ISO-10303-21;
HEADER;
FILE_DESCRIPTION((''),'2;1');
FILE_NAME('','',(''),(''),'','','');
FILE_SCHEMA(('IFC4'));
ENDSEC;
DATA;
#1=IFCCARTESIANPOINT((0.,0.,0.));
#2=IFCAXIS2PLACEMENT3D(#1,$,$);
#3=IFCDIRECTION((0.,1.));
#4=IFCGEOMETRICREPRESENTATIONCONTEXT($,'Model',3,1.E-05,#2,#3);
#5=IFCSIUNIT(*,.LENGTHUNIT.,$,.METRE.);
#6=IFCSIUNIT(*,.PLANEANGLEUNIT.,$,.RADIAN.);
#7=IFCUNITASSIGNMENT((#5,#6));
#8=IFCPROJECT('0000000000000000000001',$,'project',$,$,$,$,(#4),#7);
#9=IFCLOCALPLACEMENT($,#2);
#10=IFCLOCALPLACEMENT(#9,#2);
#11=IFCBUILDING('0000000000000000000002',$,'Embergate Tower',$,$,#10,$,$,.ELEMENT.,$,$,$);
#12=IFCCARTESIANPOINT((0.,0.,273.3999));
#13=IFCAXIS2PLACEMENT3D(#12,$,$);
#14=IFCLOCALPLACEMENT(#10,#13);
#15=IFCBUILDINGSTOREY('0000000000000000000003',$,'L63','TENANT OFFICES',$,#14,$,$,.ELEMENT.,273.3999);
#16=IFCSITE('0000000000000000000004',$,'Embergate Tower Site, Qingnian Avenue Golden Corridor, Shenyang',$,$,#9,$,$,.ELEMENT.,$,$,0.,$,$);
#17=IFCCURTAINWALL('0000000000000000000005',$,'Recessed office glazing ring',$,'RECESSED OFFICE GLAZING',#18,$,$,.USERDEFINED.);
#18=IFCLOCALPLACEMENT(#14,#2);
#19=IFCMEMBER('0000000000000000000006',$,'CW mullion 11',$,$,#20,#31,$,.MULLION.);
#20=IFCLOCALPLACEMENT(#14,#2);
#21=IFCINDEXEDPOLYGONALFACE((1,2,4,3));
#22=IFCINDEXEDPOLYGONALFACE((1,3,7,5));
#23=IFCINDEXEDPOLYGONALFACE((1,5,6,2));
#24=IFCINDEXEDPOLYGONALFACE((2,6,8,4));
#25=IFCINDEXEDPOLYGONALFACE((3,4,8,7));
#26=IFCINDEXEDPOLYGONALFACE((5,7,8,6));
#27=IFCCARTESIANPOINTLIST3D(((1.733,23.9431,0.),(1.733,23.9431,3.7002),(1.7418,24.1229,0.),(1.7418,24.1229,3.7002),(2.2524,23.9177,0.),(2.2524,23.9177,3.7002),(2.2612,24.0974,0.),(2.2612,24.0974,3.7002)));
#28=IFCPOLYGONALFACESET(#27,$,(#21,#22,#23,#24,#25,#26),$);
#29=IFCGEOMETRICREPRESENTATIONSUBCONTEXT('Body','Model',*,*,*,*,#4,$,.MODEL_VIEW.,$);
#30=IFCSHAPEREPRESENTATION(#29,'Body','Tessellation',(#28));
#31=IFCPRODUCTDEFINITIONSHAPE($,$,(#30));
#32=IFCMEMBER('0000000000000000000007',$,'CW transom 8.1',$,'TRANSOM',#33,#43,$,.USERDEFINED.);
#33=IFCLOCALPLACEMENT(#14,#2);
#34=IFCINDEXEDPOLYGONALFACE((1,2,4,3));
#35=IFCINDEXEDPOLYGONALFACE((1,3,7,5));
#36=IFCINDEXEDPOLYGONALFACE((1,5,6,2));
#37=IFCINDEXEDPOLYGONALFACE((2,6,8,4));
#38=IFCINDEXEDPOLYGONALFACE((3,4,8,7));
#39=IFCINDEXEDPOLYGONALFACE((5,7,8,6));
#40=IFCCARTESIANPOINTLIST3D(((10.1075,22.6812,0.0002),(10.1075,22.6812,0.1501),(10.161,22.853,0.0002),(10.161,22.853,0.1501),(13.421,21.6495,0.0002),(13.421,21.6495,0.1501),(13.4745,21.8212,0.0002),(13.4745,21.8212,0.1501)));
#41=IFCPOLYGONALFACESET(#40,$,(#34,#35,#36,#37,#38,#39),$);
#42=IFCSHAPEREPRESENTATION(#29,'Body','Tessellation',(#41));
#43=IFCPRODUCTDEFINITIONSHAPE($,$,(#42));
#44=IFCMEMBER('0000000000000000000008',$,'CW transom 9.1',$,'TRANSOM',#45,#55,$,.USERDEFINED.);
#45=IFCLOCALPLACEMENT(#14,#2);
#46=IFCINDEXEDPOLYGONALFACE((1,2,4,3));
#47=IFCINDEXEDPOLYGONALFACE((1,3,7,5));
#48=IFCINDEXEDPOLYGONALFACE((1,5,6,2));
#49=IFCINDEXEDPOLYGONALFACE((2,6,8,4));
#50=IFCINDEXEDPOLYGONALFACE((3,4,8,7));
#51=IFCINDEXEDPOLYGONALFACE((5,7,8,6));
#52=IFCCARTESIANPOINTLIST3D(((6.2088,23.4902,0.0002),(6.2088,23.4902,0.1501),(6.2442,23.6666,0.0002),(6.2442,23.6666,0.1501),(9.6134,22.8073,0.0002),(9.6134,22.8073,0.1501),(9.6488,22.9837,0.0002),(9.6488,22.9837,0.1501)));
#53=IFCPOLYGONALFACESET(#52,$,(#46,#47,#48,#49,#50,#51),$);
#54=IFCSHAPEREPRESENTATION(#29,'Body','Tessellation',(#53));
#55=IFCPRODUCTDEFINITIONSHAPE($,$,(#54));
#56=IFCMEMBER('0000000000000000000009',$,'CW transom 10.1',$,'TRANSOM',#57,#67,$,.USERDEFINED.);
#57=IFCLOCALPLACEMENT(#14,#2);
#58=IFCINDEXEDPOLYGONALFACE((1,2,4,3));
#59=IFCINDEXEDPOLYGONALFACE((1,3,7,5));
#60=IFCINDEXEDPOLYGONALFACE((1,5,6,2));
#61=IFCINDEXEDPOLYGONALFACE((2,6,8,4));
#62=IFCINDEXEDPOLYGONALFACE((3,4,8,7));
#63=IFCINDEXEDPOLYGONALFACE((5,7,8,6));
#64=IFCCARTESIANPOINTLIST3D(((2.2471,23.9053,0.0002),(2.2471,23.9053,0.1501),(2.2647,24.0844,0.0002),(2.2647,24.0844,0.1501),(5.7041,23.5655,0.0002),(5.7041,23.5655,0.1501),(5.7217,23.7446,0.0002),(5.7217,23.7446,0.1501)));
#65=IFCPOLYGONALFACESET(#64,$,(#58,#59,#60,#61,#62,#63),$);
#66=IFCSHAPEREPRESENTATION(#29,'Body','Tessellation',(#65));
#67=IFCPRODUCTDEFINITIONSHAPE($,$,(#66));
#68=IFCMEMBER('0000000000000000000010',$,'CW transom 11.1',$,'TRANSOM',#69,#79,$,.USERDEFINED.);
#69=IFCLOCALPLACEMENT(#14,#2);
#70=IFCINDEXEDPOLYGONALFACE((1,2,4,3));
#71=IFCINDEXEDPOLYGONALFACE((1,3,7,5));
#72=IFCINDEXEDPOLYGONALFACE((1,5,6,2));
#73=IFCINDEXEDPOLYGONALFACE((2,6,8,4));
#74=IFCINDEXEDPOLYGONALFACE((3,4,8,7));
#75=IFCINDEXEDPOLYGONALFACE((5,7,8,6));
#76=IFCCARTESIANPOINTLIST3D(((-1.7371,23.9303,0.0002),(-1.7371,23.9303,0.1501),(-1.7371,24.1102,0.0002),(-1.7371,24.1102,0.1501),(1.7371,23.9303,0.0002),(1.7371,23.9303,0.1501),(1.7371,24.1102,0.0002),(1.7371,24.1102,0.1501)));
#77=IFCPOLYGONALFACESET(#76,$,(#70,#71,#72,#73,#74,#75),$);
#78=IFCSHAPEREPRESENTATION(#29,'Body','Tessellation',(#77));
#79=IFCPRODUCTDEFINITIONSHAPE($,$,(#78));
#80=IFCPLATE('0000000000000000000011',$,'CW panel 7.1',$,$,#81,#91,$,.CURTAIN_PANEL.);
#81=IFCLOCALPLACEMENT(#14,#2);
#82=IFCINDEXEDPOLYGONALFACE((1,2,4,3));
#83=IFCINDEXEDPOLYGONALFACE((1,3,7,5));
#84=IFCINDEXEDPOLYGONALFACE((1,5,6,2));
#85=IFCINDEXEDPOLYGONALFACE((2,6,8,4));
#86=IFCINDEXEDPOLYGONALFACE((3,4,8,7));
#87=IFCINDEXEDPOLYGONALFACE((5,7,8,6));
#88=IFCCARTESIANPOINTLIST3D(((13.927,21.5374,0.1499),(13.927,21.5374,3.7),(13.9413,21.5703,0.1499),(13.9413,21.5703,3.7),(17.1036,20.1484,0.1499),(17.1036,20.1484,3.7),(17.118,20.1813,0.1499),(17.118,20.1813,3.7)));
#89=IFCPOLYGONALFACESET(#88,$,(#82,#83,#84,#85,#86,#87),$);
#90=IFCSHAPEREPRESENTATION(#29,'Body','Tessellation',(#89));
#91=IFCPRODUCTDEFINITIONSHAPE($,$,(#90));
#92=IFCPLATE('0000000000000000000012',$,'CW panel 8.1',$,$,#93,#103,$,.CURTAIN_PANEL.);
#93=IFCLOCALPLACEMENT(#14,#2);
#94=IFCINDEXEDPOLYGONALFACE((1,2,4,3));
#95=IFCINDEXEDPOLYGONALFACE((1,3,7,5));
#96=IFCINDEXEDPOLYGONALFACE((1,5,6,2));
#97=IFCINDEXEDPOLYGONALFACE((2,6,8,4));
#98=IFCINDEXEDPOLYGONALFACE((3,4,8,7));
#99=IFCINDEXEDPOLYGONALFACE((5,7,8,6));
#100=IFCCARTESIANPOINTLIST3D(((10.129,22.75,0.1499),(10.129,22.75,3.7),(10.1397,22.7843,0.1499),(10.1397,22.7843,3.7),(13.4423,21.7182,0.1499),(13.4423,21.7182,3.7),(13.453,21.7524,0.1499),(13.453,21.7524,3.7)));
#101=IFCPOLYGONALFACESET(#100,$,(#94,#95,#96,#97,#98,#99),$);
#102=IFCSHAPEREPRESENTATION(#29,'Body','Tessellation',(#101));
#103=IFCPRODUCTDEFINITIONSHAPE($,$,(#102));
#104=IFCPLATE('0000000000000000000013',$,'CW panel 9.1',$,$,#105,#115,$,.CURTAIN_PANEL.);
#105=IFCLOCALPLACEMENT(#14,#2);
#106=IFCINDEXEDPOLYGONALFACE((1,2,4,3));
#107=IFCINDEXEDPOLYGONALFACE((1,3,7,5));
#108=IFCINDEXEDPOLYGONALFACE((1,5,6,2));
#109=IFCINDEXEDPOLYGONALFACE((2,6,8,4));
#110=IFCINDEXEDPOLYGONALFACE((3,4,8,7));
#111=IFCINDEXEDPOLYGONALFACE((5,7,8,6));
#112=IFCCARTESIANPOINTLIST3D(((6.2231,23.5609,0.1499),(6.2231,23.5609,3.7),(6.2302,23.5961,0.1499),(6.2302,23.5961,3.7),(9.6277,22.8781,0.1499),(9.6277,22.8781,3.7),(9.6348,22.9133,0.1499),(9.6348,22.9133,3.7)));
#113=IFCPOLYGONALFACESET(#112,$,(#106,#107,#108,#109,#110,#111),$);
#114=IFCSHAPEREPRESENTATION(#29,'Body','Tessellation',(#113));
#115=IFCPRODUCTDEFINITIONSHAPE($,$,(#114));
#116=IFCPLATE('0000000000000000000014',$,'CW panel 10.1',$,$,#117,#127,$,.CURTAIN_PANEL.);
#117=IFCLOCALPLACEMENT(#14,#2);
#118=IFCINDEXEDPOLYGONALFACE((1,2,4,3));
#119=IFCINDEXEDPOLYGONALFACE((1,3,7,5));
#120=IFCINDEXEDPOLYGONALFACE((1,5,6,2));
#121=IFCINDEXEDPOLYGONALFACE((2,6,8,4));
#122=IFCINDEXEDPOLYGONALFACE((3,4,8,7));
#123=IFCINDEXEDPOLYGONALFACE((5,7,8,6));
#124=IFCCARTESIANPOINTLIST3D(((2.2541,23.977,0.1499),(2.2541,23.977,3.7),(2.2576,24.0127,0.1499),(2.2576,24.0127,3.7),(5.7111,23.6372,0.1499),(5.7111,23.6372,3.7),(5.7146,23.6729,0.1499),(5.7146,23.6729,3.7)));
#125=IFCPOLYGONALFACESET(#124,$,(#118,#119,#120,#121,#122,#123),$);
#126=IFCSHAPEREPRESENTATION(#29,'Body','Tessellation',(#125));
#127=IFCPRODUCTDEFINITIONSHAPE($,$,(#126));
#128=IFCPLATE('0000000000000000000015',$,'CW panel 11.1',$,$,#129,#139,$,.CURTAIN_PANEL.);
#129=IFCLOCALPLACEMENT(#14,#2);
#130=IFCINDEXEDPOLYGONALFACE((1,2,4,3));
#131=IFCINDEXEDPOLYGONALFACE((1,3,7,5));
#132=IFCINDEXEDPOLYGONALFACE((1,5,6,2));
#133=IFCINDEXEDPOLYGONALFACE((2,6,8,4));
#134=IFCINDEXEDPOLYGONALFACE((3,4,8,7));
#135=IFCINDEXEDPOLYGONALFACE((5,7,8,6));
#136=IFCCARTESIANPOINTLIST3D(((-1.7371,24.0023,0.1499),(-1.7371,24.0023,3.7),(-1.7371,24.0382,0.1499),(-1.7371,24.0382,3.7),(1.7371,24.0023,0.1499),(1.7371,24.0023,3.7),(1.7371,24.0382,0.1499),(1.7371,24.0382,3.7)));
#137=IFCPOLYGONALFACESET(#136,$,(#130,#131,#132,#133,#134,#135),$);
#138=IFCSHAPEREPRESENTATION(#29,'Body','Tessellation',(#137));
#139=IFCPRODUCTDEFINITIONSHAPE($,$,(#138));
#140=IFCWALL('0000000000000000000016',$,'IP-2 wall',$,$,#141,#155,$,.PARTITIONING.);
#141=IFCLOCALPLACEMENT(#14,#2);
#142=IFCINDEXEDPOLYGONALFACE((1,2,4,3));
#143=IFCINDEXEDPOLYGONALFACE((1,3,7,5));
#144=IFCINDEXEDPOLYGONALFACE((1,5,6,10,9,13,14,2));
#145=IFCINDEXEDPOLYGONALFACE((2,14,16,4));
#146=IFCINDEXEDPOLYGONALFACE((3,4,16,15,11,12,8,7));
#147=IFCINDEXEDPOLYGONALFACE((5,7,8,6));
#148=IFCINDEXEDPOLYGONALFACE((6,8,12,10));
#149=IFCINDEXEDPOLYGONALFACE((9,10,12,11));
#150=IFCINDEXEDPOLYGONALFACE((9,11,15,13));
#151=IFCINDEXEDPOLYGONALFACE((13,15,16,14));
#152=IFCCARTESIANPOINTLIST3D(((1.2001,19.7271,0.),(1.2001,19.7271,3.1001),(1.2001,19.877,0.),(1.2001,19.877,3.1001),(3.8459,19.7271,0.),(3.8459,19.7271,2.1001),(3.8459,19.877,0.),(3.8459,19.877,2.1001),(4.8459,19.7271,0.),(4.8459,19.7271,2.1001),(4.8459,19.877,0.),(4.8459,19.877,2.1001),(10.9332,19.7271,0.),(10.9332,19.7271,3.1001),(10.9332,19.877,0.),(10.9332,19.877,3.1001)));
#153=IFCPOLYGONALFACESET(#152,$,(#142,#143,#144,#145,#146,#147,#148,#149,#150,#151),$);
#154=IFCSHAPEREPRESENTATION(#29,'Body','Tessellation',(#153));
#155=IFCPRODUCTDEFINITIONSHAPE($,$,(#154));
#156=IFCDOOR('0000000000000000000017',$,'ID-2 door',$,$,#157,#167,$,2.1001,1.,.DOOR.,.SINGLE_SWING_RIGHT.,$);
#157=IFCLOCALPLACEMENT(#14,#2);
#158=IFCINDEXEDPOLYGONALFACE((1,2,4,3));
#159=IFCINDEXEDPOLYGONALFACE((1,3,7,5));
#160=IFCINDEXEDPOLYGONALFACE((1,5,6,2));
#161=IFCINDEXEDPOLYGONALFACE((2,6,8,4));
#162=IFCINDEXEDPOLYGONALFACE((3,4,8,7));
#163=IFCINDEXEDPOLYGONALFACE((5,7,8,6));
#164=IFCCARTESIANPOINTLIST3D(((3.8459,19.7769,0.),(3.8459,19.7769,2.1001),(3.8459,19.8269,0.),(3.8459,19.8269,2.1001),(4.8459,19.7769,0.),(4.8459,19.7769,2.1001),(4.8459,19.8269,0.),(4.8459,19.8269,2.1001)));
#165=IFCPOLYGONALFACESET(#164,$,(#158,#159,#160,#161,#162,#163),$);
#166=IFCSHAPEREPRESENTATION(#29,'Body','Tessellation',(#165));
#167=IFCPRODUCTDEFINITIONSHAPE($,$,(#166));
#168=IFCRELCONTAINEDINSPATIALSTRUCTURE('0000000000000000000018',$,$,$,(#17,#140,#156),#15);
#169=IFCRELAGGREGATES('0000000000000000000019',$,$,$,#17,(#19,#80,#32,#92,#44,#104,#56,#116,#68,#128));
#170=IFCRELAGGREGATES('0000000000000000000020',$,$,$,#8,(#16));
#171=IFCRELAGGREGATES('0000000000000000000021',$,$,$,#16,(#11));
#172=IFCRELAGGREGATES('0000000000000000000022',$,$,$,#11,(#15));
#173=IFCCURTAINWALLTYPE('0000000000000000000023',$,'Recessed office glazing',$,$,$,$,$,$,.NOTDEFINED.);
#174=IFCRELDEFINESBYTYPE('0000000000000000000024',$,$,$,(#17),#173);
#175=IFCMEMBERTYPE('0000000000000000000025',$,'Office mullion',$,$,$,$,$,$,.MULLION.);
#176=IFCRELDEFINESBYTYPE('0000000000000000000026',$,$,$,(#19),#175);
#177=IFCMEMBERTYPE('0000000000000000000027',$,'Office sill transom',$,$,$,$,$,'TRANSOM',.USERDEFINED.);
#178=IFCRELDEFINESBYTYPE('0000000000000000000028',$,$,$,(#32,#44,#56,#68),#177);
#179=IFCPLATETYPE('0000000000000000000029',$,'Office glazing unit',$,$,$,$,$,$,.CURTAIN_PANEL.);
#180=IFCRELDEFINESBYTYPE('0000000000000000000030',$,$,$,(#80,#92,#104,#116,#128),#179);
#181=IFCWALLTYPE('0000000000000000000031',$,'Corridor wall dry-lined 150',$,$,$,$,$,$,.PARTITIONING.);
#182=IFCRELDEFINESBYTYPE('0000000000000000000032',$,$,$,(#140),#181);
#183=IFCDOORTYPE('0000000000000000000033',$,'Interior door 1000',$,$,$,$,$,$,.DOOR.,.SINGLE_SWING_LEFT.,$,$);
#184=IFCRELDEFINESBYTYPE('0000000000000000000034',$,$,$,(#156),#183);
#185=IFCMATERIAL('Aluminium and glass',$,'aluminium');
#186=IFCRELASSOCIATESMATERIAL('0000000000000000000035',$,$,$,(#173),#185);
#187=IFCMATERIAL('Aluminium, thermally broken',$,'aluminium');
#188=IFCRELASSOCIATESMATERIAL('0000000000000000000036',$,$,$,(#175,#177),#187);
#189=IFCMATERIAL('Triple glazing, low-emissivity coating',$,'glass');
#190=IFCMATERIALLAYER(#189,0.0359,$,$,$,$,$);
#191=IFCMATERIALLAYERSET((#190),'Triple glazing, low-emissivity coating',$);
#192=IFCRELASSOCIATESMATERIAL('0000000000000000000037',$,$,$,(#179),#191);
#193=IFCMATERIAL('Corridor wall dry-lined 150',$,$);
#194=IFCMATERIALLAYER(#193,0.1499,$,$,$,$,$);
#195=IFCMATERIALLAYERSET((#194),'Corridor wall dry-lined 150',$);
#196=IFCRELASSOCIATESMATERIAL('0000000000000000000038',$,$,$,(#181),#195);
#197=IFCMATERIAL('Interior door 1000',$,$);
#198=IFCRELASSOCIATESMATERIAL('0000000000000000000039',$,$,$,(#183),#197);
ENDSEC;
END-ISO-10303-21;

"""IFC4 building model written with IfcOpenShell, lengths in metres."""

from ifc_helpers import new_model, si_unit, direction, frame, frame_2d, origin, origin_2d, place, context, subcontext, project, spatial, rectangle, extrude, source, transform, mapped, material, layer, layer_set, material_profile, profile_set, type_object, element, fill, aggregate, save


model = new_model("IFC4")

# Units and contexts
model_context = context("Model", 3, precision=1e-05, world=origin(), true_north=direction((0.0, 1.0)))
body_context = subcontext(model_context, "Body", "Model", "MODEL_VIEW")
ifc_project = project(units=[si_unit("LENGTHUNIT", "METRE"), si_unit("PLANEANGLEUNIT", "RADIAN")], contexts=[model_context])

# Site, building, storey
site_placement = place(None, origin())
site = spatial("IfcSite", under=ifc_project, at=site_placement, Name="Embergate Tower Site, Qingnian Avenue Golden Corridor, Shenyang", CompositionType="ELEMENT", RefElevation=0.0)
building_placement = place(site_placement, origin())
building = spatial("IfcBuilding", under=site, at=building_placement, Name="Embergate Tower", CompositionType="ELEMENT")
storey_placement = place(building_placement, frame((0.0, 0.0, 273.3999)))
storey = spatial("IfcBuildingStorey", under=building, at=storey_placement, Name="L63", Description="TENANT OFFICES", CompositionType="ELEMENT", Elevation=273.3999)

# Curtain wall, members, plates
ifc_material_1 = material(Name="Aluminium and glass", Category="aluminium")
curtain_wall_type = type_object("IfcCurtainWallType", Name="Recessed office glazing", PredefinedType="NOTDEFINED", material=ifc_material_1)
curtain_wall_placement = place(storey_placement, origin())
curtain_wall = element("IfcCurtainWall", 1, at=curtain_wall_placement, inside=storey, type_object=curtain_wall_type, Name="Recessed office glazing ring", ObjectType="RECESSED OFFICE GLAZING", PredefinedType="USERDEFINED")
ifc_material_2 = material(Name="Aluminium, thermally broken", Category="aluminium")
ifc_material_profile_1 = material_profile(ifc_material_2, rectangle(XDim=0.1799, YDim=0.52, at=origin_2d()), Name="AL 520x180")
ifc_profile_set_1 = profile_set([ifc_material_profile_1], Name="Aluminium, thermally broken")
member_type_1 = type_object("IfcMemberType", Name="Office mullion", PredefinedType="MULLION", material=ifc_profile_set_1)
shared_shape_1 = source(origin(), body_context, "Body", "SweptSolid", [
    extrude(rectangle(XDim=0.1799, YDim=0.52, at=origin_2d()), origin(), (0.0, 0.0, 1.0), 3.7002),
])
member_1_placement = place(storey_placement, frame((1.9971, 24.0203, 0.0), z_axis=(0.0, 0.0, 1.0), x_axis=(-0.04897, -0.9988, 0.0)))
member_1 = element("IfcMember", 2, at=member_1_placement, type_object=member_type_1, Name="CW mullion 11", PredefinedType="MULLION", context=body_context, shape_type="MappedRepresentation", body=[
    mapped(shared_shape_1, transform((0.0, 0.0, 0.0))),
])
ifc_material_profile_2 = material_profile(ifc_material_2, rectangle(XDim=0.1799, YDim=0.1499, at=origin_2d()), Name="AL 150x180")
ifc_profile_set_2 = profile_set([ifc_material_profile_2], Name="Aluminium, thermally broken")
member_type_2 = type_object("IfcMemberType", Name="Office sill transom", ElementType="TRANSOM", PredefinedType="USERDEFINED", material=ifc_profile_set_2)
shared_shape_2 = source(origin(), body_context, "Body", "SweptSolid", [
    extrude(rectangle(XDim=0.1799, YDim=0.1499, at=origin_2d()), origin(), (0.0, 0.0, 1.0), 3.4705),
])
member_2_placement = place(storey_placement, frame((13.4478, 21.7354, 0.0752), z_axis=(-0.954785, 0.297297, 0.0), x_axis=(-0.297297, -0.954785, 0.0)))
member_2 = element("IfcMember", 3, at=member_2_placement, type_object=member_type_2, Name="CW transom 8.1", ObjectType="TRANSOM", PredefinedType="USERDEFINED", context=body_context, shape_type="MappedRepresentation", body=[
    mapped(shared_shape_2, transform((0.0, 0.0, 0.0))),
])
shared_shape_3 = source(origin(), body_context, "Body", "SweptSolid", [
    extrude(rectangle(XDim=0.1799, YDim=0.1499, at=origin_2d()), origin(), (0.0, 0.0, 1.0), 3.4724),
])
member_3_placement = place(storey_placement, frame((9.6311, 22.8955, 0.0752), z_axis=(-0.980472, 0.196657, 0.0), x_axis=(-0.196657, -0.980472, 0.0)))
member_3 = element("IfcMember", 4, at=member_3_placement, type_object=member_type_2, Name="CW transom 9.1", ObjectType="TRANSOM", PredefinedType="USERDEFINED", context=body_context, shape_type="MappedRepresentation", body=[
    mapped(shared_shape_3, transform((0.0, 0.0, 0.0))),
])
shared_shape_4 = source(origin(), body_context, "Body", "SweptSolid", [
    extrude(rectangle(XDim=0.1799, YDim=0.1499, at=origin_2d()), origin(), (0.0, 0.0, 1.0), 3.4736),
])
member_4_placement = place(storey_placement, frame((5.7129, 23.655, 0.0752), z_axis=(-0.995203, 0.097833, 0.0), x_axis=(-0.097833, -0.995203, 0.0)))
member_4 = element("IfcMember", 5, at=member_4_placement, type_object=member_type_2, Name="CW transom 10.1", ObjectType="TRANSOM", PredefinedType="USERDEFINED", context=body_context, shape_type="MappedRepresentation", body=[
    mapped(shared_shape_4, transform((0.0, 0.0, 0.0))),
])
shared_shape_5 = source(origin(), body_context, "Body", "SweptSolid", [
    extrude(rectangle(XDim=0.1799, YDim=0.1499, at=origin_2d()), origin(), (0.0, 0.0, 1.0), 3.4741),
])
member_5_placement = place(storey_placement, frame((1.7371, 24.0203, 0.0752), z_axis=(-1.0, 0.0, 0.0), x_axis=(0.0, -1.0, 0.0)))
member_5 = element("IfcMember", 6, at=member_5_placement, type_object=member_type_2, Name="CW transom 11.1", ObjectType="TRANSOM", PredefinedType="USERDEFINED", context=body_context, shape_type="MappedRepresentation", body=[
    mapped(shared_shape_5, transform((0.0, 0.0, 0.0))),
])
ifc_material_3 = material(Name="Triple glazing, low-emissivity coating", Category="glass")
ifc_layer_1 = layer(ifc_material_3, 0.0359)
ifc_layer_set_1 = layer_set([ifc_layer_1], Name="Triple glazing, low-emissivity coating")
plate_type = type_object("IfcPlateType", Name="Office glazing unit", PredefinedType="CURTAIN_PANEL", material=ifc_layer_set_1)
shared_shape_6 = source(origin(), body_context, "Body", "SweptSolid", [
    extrude(rectangle(XDim=3.467, YDim=0.0359, at=origin_2d()), origin(), (0.0, 0.0, 1.0), 3.55),
])
plate_1_placement = place(storey_placement, frame((15.5225, 20.8594, 0.1499), z_axis=(0.0, 0.0, 1.0), x_axis=(-0.916238, 0.400635, 0.0)))
plate_1 = element("IfcPlate", 7, at=plate_1_placement, type_object=plate_type, Name="CW panel 7.1", PredefinedType="CURTAIN_PANEL", context=body_context, shape_type="MappedRepresentation", body=[
    mapped(shared_shape_6, transform((0.0, 0.0, 0.0))),
])
shared_shape_7 = source(origin(), body_context, "Body", "SweptSolid", [
    extrude(rectangle(XDim=3.4702, YDim=0.0359, at=origin_2d()), origin(), (0.0, 0.0, 1.0), 3.55),
])
plate_2_placement = place(storey_placement, frame((11.791, 22.2512, 0.1499), z_axis=(0.0, 0.0, 1.0), x_axis=(-0.954773, 0.297337, 0.0)))
plate_2 = element("IfcPlate", 8, at=plate_2_placement, type_object=plate_type, Name="CW panel 8.1", PredefinedType="CURTAIN_PANEL", context=body_context, shape_type="MappedRepresentation", body=[
    mapped(shared_shape_7, transform((0.0, 0.0, 0.0))),
])
shared_shape_8 = source(origin(), body_context, "Body", "SweptSolid", [
    extrude(rectangle(XDim=3.4724, YDim=0.0359, at=origin_2d()), origin(), (0.0, 0.0, 1.0), 3.55),
])
plate_3_placement = place(storey_placement, frame((7.929, 23.2371, 0.1499), z_axis=(0.0, 0.0, 1.0), x_axis=(-0.980476, 0.196638, 0.0)))
plate_3 = element("IfcPlate", 9, at=plate_3_placement, type_object=plate_type, Name="CW panel 9.1", PredefinedType="CURTAIN_PANEL", context=body_context, shape_type="MappedRepresentation", body=[
    mapped(shared_shape_8, transform((0.0, 0.0, 0.0))),
])
shared_shape_9 = source(origin(), body_context, "Body", "SweptSolid", [
    extrude(rectangle(XDim=3.4736, YDim=0.0359, at=origin_2d()), origin(), (0.0, 0.0, 1.0), 3.55),
])
plate_4_placement = place(storey_placement, frame((3.9844, 23.825, 0.1499), z_axis=(0.0, 0.0, 1.0), x_axis=(-0.995203, 0.097828, 0.0)))
plate_4 = element("IfcPlate", 10, at=plate_4_placement, type_object=plate_type, Name="CW panel 10.1", PredefinedType="CURTAIN_PANEL", context=body_context, shape_type="MappedRepresentation", body=[
    mapped(shared_shape_9, transform((0.0, 0.0, 0.0))),
])
shared_shape_10 = source(origin(), body_context, "Body", "SweptSolid", [
    extrude(rectangle(XDim=3.4741, YDim=0.0359, at=origin_2d()), origin(), (0.0, 0.0, 1.0), 3.55),
])
plate_5_placement = place(storey_placement, frame((0.0, 24.0203, 0.1499), z_axis=(0.0, 0.0, 1.0), x_axis=(-1.0, 0.0, 0.0)))
plate_5 = element("IfcPlate", 11, at=plate_5_placement, type_object=plate_type, Name="CW panel 11.1", PredefinedType="CURTAIN_PANEL", context=body_context, shape_type="MappedRepresentation", body=[
    mapped(shared_shape_10, transform((0.0, 0.0, 0.0))),
])
aggregate(curtain_wall, [member_1, plate_1, member_2, plate_2, member_3, plate_3, member_4, plate_4, member_5, plate_5])

# Wall, opening, door
ifc_material_4 = material(Name="Corridor wall dry-lined 150")
ifc_layer_2 = layer(ifc_material_4, 0.1499)
ifc_layer_set_2 = layer_set([ifc_layer_2], Name="Corridor wall dry-lined 150")
wall_type_1 = type_object("IfcWallType", Name="Corridor wall dry-lined 150", PredefinedType="PARTITIONING", material=ifc_layer_set_2)
shared_shape_11 = source(origin(), body_context, "Body", "SweptSolid", [
    extrude(rectangle(XDim=9.7332, YDim=0.1499, at=frame_2d((4.8667, 0.0))), origin(), (0.0, 0.0, 1.0), 3.1001),
])
wall_1_placement = place(storey_placement, frame((1.2, 19.802, 0.0), z_axis=(0.0, 0.0, 1.0), x_axis=(1.0, 0.0, 0.0)))
wall_1 = element("IfcWall", 12, at=wall_1_placement, inside=storey, type_object=wall_type_1, Name="IP-2 wall", PredefinedType="PARTITIONING", context=body_context, shape_type="MappedRepresentation", body=[
    mapped(shared_shape_11, transform((0.0, 0.0, 0.0))),
])
shared_shape_12 = source(origin(), body_context, "Body", "SweptSolid", [
    extrude(rectangle(XDim=1.0, YDim=2.1001, at=frame_2d((0.5, 1.05))), frame((0.0, 0.085, 0.0), z_axis=(0.0, -1.0, 0.0), x_axis=(1.0, 0.0, 0.0)), (0.0, 0.0, 1.0), 0.1699),
])
opening_placement = place(wall_1_placement, frame((2.646, 0.0, 0.0)))
opening = element("IfcOpeningElement", 13, at=opening_placement, cuts=wall_1, PredefinedType="OPENING", context=body_context, shape_type="MappedRepresentation", body=[
    mapped(shared_shape_12, transform((0.0, 0.0, 0.0))),
])
ifc_material_5 = material(Name="Interior door 1000")
door_type = type_object("IfcDoorType", Name="Interior door 1000", OperationType="SINGLE_SWING_LEFT", PredefinedType="DOOR", material=ifc_material_5)
shared_shape_13 = source(origin(), body_context, "Body", "SweptSolid", [
    extrude(rectangle(XDim=1.0, YDim=2.1001, at=frame_2d((0.5, 1.05))), frame((0.0, 0.0249, 0.0), z_axis=(0.0, -1.0, 0.0), x_axis=(1.0, 0.0, 0.0)), (0.0, 0.0, 1.0), 0.05),
])
door_placement = place(opening_placement, origin())
door = element("IfcDoor", 14, at=door_placement, inside=storey, type_object=door_type, Name="ID-2 door", OperationType="SINGLE_SWING_RIGHT", OverallHeight=2.1001, OverallWidth=1.0, PredefinedType="DOOR", context=body_context, shape_type="MappedRepresentation", body=[
    mapped(shared_shape_13, transform((0.0, 0.0, 0.0))),
])
fill(opening, door)

save(model, "model.ifc")
